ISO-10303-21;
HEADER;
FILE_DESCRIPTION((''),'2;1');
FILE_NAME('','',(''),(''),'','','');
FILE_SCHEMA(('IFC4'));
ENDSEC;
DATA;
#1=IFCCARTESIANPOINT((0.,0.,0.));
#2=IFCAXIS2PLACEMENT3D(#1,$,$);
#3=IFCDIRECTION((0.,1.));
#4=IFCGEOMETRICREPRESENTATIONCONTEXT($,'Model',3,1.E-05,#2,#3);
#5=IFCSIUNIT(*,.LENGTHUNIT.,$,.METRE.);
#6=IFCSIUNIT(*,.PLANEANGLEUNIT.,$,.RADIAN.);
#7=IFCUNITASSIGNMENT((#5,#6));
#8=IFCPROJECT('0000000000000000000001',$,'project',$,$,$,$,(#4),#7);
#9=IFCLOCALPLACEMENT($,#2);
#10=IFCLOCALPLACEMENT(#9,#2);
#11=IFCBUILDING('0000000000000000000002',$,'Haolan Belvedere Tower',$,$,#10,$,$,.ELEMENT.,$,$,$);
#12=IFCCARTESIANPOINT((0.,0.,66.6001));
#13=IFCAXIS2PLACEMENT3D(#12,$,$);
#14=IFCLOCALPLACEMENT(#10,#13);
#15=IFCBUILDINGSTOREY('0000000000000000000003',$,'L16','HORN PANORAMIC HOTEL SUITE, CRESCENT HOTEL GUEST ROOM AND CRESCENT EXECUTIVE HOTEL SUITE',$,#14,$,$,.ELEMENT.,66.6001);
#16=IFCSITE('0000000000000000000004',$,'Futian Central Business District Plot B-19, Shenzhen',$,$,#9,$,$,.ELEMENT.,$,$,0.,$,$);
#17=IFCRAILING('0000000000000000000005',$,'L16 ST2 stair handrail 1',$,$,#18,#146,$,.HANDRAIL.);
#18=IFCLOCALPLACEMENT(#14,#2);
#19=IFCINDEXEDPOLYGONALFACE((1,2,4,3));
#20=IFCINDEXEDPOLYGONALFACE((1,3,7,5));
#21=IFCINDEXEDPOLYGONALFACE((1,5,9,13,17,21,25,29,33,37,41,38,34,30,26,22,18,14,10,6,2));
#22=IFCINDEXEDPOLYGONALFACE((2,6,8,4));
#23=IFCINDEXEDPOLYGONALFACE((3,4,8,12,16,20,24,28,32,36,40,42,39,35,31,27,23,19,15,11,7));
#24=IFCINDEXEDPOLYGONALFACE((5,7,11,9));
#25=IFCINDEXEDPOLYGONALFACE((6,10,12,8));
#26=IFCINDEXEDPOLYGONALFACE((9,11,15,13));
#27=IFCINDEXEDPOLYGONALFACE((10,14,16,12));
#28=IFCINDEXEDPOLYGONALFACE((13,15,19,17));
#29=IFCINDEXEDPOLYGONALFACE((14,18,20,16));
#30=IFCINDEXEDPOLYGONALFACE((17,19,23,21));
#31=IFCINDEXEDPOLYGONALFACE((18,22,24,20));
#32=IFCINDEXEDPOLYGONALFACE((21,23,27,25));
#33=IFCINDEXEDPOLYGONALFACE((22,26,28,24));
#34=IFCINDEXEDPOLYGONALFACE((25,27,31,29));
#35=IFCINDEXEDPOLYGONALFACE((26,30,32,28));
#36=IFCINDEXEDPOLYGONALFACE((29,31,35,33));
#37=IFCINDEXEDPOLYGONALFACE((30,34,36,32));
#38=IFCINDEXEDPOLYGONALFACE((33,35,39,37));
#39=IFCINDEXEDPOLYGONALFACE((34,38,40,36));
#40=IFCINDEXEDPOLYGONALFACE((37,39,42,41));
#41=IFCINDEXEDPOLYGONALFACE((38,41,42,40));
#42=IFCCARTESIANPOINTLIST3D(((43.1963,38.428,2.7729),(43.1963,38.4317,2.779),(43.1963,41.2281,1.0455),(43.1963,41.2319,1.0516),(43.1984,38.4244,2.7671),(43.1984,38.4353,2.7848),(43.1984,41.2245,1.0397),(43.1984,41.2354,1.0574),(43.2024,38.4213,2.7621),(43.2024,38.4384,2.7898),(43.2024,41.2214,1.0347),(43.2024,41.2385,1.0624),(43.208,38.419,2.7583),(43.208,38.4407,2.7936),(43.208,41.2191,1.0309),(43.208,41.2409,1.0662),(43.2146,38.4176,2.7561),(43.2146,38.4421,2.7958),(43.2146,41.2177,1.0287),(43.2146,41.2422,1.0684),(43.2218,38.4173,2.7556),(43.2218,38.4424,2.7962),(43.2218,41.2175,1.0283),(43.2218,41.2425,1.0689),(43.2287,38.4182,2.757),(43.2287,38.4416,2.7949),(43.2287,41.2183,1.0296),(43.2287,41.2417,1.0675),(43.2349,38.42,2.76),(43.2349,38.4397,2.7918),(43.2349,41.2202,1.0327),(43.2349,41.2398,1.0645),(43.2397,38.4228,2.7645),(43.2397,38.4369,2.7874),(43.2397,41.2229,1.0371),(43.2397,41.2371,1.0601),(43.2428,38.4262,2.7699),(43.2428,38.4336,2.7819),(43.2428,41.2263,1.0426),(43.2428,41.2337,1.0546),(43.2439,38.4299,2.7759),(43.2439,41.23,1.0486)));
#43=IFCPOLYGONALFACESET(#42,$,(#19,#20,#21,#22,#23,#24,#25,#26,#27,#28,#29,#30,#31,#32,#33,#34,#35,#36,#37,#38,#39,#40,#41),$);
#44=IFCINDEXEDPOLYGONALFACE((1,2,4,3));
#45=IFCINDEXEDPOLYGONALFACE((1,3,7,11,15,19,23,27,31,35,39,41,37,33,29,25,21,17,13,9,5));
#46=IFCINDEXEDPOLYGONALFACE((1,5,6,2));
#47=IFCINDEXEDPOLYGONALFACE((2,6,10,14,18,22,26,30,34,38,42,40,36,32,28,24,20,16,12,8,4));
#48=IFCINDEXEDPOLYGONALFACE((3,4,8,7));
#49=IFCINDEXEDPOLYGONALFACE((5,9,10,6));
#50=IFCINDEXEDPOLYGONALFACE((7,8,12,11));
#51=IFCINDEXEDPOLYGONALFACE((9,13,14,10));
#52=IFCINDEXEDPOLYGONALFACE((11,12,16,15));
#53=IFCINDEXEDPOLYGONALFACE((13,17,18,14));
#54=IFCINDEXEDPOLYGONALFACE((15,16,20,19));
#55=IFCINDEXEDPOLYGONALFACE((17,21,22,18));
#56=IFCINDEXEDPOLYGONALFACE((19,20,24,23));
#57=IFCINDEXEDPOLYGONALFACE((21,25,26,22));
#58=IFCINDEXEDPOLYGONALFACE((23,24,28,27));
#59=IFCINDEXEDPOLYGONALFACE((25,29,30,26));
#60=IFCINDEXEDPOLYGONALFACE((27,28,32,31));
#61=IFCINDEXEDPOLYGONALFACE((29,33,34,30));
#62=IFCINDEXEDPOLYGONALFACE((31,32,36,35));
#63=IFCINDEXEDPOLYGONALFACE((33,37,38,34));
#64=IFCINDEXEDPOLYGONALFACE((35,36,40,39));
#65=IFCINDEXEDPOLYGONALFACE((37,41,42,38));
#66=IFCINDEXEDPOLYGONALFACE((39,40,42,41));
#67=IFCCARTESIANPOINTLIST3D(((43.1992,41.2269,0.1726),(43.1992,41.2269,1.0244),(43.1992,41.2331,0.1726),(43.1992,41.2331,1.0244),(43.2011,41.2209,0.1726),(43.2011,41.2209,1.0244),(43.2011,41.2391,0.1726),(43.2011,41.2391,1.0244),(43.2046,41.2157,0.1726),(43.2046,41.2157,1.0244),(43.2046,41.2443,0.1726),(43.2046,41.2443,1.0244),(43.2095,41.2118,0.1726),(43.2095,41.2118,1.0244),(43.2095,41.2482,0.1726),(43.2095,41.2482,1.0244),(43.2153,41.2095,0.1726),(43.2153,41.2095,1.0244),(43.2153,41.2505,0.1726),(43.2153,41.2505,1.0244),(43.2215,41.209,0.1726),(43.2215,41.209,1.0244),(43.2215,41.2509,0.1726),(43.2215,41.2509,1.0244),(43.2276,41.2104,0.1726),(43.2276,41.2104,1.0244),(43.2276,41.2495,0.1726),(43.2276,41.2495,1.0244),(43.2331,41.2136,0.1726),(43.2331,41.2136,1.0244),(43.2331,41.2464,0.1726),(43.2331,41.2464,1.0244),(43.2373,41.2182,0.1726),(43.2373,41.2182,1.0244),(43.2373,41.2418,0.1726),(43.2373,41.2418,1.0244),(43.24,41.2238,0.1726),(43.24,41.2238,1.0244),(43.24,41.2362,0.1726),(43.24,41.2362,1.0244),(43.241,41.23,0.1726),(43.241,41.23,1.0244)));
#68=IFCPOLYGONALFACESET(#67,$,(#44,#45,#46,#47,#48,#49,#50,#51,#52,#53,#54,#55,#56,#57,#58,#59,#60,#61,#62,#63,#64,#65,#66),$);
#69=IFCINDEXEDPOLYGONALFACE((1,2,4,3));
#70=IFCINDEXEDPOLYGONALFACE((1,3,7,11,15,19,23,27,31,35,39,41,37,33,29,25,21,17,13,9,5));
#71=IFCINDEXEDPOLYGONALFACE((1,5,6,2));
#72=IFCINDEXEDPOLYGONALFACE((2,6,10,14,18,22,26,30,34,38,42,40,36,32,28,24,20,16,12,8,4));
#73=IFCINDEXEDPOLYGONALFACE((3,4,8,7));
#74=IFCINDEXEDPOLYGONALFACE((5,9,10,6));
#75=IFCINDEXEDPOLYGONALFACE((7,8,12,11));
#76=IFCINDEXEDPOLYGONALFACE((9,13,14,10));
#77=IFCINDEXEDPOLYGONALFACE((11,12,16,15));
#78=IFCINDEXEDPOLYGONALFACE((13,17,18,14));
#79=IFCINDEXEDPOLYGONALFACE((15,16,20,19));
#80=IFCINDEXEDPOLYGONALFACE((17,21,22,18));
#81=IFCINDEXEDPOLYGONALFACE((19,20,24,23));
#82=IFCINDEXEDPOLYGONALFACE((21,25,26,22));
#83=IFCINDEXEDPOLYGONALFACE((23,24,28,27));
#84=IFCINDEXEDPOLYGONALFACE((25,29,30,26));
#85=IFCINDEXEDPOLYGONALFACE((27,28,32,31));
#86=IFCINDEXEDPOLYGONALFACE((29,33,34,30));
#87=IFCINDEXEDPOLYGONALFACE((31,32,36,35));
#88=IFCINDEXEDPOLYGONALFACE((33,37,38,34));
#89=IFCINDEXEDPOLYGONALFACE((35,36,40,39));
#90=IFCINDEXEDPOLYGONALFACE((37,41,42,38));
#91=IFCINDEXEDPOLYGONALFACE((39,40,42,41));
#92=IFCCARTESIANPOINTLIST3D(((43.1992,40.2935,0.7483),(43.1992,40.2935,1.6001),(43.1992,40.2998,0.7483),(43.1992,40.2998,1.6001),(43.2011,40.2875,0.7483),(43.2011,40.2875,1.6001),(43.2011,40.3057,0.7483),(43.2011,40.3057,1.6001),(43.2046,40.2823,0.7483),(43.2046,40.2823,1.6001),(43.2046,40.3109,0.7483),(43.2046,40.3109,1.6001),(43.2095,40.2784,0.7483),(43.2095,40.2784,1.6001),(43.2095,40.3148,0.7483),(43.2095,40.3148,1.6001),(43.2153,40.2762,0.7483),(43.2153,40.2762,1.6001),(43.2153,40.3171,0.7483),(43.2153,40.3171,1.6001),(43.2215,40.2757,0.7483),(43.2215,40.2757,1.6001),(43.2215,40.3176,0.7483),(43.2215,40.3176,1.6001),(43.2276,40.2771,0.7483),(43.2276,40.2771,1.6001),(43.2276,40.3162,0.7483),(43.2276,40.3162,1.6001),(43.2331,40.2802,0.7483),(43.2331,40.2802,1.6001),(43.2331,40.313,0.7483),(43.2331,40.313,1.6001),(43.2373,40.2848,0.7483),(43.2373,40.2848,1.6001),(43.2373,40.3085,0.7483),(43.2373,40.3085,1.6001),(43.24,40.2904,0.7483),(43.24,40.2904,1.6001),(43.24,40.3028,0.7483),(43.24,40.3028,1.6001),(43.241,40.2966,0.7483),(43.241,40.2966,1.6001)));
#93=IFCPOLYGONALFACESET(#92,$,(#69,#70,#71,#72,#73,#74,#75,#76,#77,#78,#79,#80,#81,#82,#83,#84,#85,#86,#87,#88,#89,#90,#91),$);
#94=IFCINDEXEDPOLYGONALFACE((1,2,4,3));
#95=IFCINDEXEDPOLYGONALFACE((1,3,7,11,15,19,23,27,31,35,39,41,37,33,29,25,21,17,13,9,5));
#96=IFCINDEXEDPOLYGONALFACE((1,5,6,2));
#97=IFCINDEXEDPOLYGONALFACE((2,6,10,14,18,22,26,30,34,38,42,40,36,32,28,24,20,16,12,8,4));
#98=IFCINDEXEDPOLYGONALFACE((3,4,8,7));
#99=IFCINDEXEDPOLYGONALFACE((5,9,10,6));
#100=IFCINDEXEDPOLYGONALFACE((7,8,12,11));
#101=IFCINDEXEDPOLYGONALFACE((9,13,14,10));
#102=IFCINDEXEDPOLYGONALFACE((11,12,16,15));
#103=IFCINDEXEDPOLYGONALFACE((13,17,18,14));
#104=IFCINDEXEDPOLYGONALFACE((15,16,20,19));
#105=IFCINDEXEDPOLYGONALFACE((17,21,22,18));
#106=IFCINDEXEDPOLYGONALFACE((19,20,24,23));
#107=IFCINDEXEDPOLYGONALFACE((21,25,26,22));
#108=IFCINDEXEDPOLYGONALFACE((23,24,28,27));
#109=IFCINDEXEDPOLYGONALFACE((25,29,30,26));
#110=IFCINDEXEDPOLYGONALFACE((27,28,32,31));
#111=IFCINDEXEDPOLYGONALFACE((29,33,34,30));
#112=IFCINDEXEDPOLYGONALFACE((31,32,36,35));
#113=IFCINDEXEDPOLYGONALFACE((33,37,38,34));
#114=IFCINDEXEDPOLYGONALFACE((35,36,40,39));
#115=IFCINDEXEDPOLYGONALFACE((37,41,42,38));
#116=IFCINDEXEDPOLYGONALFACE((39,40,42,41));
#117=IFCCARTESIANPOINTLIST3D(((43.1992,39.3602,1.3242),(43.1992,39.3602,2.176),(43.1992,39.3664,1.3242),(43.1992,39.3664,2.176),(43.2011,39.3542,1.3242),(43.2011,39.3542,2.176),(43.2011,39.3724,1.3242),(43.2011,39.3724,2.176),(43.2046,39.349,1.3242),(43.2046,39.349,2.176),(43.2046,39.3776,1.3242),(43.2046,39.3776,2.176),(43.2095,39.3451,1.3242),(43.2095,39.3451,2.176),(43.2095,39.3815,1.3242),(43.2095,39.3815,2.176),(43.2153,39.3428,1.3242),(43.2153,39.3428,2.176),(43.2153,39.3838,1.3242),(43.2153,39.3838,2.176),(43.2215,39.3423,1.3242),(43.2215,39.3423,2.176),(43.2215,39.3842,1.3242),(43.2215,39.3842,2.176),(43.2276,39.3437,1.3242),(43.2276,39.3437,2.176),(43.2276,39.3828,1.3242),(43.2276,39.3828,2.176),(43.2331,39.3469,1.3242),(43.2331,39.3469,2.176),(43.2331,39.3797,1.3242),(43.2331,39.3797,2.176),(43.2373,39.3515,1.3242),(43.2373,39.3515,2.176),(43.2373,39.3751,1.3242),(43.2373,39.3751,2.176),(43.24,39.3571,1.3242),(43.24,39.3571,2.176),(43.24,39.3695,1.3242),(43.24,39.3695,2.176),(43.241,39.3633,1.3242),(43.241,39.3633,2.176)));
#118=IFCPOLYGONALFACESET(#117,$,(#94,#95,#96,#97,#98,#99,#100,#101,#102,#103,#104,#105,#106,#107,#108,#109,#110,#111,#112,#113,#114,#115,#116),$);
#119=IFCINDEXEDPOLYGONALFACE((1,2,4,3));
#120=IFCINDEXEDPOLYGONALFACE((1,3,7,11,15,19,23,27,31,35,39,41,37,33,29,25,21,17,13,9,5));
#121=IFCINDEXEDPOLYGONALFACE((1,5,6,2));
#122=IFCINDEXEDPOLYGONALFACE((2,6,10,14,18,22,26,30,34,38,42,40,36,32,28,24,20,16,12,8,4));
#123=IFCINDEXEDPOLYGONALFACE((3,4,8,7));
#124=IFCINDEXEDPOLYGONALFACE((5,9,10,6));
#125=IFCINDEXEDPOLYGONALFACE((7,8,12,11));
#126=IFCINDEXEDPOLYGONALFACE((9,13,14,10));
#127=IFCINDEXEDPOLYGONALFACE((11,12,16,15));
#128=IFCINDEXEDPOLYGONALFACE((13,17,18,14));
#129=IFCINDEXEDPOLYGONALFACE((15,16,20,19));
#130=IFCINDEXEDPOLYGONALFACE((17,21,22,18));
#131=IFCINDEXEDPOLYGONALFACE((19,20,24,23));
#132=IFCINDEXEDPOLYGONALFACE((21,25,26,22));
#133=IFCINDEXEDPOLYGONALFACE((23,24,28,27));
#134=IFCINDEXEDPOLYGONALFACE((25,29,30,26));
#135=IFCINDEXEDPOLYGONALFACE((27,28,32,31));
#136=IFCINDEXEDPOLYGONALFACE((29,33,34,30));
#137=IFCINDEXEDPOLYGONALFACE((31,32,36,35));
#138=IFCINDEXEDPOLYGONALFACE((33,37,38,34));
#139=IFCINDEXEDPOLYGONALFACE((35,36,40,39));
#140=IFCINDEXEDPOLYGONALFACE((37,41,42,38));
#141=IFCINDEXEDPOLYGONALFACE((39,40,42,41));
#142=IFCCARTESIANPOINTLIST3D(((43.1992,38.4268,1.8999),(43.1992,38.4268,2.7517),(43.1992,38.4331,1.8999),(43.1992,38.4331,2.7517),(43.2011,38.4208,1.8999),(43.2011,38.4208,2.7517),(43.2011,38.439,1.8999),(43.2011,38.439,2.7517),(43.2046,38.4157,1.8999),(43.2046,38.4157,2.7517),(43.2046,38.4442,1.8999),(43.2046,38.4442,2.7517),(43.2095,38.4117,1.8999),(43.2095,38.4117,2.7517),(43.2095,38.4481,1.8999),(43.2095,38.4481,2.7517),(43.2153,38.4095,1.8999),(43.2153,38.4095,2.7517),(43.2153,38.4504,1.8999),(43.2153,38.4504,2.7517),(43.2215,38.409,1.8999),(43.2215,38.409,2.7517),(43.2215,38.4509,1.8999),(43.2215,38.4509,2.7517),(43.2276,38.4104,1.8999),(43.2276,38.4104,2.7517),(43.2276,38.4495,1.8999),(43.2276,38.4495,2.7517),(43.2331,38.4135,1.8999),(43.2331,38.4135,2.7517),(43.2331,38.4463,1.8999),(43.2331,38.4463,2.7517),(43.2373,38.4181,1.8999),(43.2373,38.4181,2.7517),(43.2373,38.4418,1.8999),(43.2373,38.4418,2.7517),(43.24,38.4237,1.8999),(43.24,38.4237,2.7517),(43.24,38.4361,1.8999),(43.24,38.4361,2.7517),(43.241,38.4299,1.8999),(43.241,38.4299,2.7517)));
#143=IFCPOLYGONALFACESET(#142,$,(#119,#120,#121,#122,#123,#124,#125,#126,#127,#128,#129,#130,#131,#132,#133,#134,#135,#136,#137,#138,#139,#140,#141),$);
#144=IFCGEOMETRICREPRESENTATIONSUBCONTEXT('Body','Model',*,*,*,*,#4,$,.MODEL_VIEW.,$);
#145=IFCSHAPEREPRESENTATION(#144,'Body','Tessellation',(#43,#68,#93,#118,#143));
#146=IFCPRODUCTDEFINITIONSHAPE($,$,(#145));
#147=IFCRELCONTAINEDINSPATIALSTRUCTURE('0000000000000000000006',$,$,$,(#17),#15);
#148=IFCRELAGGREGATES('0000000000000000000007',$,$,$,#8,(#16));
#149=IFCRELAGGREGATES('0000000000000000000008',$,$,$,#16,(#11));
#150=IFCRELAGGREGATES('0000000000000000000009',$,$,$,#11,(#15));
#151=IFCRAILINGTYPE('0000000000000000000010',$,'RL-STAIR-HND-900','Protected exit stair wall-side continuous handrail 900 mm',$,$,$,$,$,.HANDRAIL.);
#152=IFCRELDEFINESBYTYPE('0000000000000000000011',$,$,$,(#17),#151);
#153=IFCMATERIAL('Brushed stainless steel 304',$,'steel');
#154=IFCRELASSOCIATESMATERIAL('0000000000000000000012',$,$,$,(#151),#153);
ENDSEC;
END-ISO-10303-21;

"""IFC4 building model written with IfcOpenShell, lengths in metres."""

from ifc_helpers import new_model, si_unit, direction, frame, origin, origin_2d, place, context, subcontext, project, spatial, circle, extrude, material, type_object, element, save


model = new_model("IFC4")

# Units and contexts
model_context = context("Model", 3, precision=1e-05, world=origin(), true_north=direction((0.0, 1.0)))
body_context = subcontext(model_context, "Body", "Model", "MODEL_VIEW")
ifc_project = project(units=[si_unit("LENGTHUNIT", "METRE"), si_unit("PLANEANGLEUNIT", "RADIAN")], contexts=[model_context])

# Site, building, storey
site_placement = place(None, origin())
site = spatial("IfcSite", under=ifc_project, at=site_placement, Name="Futian Central Business District Plot B-19, Shenzhen", CompositionType="ELEMENT", RefElevation=0.0)
building_placement = place(site_placement, origin())
building = spatial("IfcBuilding", under=site, at=building_placement, Name="Haolan Belvedere Tower", CompositionType="ELEMENT")
storey_placement = place(building_placement, frame((0.0, 0.0, 66.6001)))
storey = spatial("IfcBuildingStorey", under=building, at=storey_placement, Name="L16", Description="HORN PANORAMIC HOTEL SUITE, CRESCENT HOTEL GUEST ROOM AND CRESCENT EXECUTIVE HOTEL SUITE", CompositionType="ELEMENT", Elevation=66.6001)

# Railing
ifc_material_1 = material(Name="Brushed stainless steel 304", Category="steel")
railing_type_1 = type_object("IfcRailingType", Name="RL-STAIR-HND-900", Description="Protected exit stair wall-side continuous handrail 900 mm", PredefinedType="HANDRAIL", material=ifc_material_1)
railing_1_placement = place(storey_placement, frame((43.22, 41.23, 0.1726)))
element("IfcRailing", 1, at=railing_1_placement, inside=storey, type_object=railing_type_1, Name="L16 ST2 stair handrail 1", PredefinedType="HANDRAIL", context=body_context, shape_type="SweptSolid", body=[
    extrude(circle(Radius=0.0239, at=origin_2d()), frame((0.0, 0.0, 0.876), z_axis=(0.0, -0.85109, 0.52502), x_axis=(1.0, 0.0, 0.0)), (0.0, 0.0, 1.0), 3.29),
    extrude(circle(Radius=0.021, at=origin_2d()), origin(), (0.0, 0.0, 1.0), 0.8518),
    extrude(circle(Radius=0.021, at=origin_2d()), frame((0.0, -0.9333, 0.5757)), (0.0, 0.0, 1.0), 0.8518),
    extrude(circle(Radius=0.021, at=origin_2d()), frame((0.0, -1.8667, 1.1516)), (0.0, 0.0, 1.0), 0.8518),
    extrude(circle(Radius=0.021, at=origin_2d()), frame((0.0, -2.8, 1.7273)), (0.0, 0.0, 1.0), 0.8518),
])

save(model, "model.ifc")
